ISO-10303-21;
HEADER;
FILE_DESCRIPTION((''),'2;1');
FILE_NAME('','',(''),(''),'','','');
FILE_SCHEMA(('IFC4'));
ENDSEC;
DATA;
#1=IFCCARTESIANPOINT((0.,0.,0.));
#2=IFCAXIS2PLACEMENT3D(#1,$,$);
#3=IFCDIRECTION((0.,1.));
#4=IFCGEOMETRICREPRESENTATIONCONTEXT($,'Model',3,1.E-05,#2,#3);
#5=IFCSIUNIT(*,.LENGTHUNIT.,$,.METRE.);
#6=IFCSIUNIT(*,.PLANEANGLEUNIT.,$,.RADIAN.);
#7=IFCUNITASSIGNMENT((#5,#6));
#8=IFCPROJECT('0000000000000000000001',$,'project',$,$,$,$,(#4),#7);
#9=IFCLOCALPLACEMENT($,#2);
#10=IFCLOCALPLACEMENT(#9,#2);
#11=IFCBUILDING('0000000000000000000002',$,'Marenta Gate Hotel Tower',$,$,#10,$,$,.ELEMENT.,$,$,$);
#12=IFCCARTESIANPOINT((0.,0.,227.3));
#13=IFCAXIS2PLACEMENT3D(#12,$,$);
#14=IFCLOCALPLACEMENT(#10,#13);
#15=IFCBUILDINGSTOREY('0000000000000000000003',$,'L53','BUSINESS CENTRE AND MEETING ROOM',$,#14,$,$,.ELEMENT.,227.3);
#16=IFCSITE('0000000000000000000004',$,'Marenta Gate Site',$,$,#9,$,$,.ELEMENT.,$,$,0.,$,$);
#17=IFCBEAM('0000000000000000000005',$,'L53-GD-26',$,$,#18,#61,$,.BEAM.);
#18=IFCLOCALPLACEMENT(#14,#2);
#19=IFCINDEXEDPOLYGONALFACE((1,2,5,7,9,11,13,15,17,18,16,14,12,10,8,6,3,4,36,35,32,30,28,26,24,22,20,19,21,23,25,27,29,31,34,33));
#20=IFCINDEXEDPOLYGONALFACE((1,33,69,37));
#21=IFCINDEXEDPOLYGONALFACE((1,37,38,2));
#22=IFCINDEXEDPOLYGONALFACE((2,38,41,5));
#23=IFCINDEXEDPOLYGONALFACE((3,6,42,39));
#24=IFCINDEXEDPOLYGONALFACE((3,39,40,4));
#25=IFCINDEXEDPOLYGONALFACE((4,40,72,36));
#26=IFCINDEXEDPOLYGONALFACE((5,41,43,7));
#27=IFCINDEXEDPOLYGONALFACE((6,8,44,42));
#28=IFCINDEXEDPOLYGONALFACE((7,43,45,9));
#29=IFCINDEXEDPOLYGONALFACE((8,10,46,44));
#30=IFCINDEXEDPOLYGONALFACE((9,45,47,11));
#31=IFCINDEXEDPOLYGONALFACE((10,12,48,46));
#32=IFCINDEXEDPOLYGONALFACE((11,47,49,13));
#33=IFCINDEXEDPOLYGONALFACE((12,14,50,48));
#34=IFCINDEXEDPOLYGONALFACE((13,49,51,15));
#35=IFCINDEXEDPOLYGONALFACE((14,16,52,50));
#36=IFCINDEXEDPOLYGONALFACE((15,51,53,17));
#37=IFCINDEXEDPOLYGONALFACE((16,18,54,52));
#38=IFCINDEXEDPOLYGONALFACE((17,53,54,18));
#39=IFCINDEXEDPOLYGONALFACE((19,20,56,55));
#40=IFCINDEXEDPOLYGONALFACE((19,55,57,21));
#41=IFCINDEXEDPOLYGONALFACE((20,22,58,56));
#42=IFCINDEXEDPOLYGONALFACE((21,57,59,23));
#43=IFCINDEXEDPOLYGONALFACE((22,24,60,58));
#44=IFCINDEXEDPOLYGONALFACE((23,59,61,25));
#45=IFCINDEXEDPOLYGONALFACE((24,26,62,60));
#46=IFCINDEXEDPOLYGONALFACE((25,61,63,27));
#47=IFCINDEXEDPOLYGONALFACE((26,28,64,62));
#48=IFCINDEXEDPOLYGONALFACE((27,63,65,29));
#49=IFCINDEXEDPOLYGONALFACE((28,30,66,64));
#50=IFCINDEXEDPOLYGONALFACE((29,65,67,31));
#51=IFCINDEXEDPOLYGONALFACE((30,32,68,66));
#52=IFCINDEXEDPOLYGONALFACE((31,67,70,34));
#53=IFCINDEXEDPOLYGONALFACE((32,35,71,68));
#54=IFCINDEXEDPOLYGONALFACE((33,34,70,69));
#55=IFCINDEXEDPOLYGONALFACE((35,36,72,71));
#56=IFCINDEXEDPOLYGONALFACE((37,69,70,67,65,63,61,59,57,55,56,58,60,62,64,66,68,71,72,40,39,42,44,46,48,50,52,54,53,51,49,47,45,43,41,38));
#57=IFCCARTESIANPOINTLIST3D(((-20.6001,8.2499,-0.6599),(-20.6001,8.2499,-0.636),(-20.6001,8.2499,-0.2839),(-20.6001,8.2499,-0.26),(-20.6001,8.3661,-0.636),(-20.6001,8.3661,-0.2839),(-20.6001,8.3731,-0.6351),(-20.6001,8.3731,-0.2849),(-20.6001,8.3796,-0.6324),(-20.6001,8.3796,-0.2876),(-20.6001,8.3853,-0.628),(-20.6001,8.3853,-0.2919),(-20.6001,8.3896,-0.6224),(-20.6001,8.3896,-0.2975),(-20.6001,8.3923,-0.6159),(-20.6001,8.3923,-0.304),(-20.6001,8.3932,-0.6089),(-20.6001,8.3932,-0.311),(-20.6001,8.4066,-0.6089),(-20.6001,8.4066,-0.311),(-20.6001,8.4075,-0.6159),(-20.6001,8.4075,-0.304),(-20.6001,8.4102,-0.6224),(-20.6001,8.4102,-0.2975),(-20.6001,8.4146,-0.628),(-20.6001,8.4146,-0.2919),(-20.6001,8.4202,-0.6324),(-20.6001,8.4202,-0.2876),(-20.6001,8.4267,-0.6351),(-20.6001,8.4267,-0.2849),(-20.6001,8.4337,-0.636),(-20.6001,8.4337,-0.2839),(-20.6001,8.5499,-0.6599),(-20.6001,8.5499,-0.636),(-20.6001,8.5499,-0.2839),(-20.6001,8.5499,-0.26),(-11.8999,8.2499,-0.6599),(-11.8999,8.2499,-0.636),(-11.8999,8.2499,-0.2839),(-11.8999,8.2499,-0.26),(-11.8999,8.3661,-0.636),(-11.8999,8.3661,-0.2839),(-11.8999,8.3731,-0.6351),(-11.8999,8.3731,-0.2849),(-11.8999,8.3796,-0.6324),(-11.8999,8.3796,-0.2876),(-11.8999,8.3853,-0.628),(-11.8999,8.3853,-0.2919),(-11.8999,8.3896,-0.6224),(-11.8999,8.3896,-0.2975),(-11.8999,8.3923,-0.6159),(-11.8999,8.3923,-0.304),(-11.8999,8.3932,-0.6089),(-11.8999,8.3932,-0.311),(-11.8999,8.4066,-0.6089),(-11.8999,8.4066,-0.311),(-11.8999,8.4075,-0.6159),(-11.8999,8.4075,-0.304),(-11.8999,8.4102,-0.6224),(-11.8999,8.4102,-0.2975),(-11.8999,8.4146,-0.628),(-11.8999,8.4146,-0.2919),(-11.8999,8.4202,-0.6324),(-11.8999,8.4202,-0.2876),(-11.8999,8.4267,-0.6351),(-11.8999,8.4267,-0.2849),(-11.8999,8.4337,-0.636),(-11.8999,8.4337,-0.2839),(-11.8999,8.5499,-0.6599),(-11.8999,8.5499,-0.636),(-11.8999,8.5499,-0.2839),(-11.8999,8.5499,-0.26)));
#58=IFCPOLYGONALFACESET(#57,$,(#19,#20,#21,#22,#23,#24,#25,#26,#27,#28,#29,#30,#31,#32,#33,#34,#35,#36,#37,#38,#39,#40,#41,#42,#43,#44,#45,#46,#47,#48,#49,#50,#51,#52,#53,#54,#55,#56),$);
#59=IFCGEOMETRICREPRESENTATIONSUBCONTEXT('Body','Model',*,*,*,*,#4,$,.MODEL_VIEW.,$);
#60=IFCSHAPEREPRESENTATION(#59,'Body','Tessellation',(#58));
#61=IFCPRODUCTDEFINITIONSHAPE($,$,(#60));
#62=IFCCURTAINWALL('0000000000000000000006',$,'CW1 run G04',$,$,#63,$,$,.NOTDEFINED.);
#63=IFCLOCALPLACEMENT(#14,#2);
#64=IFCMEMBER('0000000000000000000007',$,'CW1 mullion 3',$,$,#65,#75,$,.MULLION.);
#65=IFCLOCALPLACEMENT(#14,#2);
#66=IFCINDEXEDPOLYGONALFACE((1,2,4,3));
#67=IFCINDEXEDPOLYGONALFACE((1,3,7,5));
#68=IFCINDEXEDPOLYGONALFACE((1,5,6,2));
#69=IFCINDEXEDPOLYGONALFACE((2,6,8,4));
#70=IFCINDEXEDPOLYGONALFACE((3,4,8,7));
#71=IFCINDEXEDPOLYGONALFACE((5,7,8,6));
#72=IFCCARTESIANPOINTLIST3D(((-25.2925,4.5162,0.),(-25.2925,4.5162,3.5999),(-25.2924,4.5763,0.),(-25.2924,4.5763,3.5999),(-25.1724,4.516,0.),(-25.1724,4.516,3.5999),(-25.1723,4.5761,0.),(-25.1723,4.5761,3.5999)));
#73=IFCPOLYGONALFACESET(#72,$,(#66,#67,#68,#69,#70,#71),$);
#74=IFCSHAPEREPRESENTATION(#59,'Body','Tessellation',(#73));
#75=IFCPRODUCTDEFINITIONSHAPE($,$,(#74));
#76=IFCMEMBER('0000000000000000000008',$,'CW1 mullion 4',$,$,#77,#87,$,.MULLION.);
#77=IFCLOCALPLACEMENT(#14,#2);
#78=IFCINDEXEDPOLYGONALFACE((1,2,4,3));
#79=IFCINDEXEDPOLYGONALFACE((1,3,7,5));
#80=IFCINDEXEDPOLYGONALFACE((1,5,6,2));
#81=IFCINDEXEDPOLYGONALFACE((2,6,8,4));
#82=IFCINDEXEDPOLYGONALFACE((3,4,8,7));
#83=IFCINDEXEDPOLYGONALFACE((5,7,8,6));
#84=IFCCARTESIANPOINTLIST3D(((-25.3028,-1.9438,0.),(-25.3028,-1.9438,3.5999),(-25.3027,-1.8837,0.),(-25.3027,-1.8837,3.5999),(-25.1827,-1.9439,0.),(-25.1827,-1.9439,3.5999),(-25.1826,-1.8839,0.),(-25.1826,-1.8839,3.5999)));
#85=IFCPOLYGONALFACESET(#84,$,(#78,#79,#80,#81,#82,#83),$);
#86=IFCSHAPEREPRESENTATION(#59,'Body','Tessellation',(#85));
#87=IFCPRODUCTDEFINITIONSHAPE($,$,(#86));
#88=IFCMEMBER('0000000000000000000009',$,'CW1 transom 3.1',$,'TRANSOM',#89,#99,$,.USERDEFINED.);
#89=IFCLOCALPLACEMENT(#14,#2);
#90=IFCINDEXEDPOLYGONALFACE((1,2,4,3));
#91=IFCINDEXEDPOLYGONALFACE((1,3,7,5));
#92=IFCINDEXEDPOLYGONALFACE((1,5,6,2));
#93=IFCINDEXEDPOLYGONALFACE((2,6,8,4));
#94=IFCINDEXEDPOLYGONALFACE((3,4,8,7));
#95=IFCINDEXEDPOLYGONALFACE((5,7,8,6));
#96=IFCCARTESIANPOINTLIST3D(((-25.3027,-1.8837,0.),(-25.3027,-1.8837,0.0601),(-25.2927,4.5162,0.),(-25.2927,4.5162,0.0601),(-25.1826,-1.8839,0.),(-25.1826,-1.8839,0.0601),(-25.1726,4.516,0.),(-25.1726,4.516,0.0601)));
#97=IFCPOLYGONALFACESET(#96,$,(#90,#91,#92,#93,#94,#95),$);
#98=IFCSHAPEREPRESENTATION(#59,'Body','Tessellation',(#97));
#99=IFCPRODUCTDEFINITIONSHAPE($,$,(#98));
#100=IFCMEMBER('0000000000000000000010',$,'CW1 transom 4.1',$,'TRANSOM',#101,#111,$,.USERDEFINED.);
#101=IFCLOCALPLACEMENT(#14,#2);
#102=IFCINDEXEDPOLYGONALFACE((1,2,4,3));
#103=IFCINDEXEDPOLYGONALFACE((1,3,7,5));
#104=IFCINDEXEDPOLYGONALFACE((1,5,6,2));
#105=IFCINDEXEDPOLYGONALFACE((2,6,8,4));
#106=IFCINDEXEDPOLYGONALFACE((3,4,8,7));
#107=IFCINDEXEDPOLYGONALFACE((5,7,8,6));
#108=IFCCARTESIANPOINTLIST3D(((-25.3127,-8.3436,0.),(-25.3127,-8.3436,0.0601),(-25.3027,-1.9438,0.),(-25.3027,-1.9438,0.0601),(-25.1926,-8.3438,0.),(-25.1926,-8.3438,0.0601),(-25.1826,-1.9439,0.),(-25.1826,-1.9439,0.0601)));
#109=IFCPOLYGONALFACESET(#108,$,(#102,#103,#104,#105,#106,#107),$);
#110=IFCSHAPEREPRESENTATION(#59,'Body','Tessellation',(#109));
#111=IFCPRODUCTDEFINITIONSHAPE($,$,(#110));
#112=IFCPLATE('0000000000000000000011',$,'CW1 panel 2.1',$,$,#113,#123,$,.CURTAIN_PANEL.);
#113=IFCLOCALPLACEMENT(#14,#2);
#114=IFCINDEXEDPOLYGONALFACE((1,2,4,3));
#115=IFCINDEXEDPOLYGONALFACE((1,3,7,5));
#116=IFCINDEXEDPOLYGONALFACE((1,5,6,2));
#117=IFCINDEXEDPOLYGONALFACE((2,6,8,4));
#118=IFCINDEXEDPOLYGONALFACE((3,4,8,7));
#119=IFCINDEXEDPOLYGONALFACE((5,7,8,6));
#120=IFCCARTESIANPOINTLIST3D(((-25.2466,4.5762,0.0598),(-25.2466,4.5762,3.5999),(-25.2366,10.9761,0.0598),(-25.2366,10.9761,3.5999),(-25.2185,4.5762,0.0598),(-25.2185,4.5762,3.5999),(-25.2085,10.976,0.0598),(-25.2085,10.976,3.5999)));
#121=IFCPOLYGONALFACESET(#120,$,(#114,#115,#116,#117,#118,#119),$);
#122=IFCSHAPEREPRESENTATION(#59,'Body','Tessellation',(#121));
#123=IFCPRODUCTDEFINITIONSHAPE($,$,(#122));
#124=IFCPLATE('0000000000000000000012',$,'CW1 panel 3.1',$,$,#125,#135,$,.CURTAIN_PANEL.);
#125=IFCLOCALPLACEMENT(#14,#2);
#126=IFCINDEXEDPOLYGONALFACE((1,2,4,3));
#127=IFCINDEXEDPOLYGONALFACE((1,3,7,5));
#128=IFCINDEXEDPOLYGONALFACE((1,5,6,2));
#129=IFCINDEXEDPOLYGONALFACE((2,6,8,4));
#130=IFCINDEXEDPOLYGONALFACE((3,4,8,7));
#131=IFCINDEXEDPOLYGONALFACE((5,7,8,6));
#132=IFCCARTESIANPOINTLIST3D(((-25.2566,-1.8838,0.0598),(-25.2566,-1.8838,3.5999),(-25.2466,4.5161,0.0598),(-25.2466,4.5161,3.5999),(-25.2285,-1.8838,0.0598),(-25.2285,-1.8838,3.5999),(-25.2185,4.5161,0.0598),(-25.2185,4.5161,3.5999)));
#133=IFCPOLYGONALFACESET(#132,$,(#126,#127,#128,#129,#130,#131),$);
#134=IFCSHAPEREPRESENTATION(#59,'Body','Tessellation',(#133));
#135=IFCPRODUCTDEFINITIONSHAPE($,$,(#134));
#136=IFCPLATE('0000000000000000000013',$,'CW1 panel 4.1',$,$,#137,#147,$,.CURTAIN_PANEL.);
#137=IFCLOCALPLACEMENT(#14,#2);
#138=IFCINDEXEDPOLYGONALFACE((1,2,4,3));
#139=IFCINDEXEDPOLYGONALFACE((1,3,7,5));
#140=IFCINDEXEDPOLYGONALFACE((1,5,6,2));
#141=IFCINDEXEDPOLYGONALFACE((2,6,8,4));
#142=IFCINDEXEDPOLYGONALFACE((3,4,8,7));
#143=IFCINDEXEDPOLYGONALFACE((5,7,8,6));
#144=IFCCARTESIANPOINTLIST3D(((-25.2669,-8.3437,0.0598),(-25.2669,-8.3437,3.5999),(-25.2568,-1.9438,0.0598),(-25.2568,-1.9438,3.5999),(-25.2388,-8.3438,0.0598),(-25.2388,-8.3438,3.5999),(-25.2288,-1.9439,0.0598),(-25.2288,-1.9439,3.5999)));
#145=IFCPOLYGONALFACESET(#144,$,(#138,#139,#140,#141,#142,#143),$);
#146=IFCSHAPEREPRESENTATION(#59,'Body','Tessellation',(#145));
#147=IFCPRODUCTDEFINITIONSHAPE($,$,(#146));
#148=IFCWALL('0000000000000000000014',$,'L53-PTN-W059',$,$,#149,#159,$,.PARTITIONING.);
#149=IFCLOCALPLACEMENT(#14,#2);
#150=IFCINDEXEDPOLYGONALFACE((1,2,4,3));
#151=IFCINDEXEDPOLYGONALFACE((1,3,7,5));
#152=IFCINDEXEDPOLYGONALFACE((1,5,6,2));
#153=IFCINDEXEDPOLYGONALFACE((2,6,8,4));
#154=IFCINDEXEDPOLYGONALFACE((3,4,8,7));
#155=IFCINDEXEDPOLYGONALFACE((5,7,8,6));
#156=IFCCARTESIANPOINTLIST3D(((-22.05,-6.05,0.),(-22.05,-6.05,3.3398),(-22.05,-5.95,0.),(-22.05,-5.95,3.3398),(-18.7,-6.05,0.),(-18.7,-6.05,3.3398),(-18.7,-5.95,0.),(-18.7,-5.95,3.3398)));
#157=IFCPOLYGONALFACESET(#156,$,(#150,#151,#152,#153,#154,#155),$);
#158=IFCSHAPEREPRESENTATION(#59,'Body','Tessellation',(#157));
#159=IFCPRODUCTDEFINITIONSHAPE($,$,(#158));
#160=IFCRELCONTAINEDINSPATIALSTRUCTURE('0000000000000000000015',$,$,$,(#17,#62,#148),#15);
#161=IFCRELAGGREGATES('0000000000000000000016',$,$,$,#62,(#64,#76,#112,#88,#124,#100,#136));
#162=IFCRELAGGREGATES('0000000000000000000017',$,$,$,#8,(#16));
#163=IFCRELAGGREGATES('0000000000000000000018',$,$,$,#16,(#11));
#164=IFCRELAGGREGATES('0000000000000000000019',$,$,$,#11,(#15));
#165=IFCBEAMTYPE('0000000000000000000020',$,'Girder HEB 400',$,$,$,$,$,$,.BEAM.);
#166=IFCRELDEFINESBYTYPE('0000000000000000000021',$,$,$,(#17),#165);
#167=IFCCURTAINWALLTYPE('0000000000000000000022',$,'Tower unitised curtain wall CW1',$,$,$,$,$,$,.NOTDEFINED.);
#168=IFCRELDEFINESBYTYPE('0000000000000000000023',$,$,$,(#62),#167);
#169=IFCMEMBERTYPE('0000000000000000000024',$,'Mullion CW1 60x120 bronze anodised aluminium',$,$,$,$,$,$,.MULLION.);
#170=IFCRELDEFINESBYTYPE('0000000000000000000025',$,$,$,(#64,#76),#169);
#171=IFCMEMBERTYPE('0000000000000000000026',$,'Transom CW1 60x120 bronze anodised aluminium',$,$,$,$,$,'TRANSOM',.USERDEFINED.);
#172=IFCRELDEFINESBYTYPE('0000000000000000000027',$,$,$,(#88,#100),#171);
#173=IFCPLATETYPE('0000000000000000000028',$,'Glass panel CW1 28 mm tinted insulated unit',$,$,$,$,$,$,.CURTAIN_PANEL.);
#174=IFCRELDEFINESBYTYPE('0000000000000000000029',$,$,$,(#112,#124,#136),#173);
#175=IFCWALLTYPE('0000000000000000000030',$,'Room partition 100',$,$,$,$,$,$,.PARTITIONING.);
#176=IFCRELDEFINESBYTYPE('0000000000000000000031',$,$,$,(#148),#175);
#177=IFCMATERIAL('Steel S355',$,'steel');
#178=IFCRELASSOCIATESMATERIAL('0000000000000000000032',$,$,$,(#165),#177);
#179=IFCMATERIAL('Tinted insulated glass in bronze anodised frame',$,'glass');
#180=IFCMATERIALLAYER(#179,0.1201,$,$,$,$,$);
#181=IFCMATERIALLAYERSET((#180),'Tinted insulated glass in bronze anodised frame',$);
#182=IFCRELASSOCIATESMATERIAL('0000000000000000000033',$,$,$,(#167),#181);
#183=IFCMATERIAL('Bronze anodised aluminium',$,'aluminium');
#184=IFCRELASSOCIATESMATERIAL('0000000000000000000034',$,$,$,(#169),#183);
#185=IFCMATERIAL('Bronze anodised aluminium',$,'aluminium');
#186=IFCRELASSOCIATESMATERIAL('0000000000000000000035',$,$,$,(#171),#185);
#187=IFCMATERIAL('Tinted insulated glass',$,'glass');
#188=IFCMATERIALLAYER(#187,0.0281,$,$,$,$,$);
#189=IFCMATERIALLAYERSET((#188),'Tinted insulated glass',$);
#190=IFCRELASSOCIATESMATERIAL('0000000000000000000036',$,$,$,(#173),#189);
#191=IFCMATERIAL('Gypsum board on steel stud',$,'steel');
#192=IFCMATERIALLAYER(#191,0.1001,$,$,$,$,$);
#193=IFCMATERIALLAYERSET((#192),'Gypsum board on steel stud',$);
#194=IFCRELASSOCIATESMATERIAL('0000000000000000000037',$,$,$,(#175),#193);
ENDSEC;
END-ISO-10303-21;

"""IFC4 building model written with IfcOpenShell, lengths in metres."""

from ifc_helpers import new_model, si_unit, direction, frame, frame_2d, origin, origin_2d, place, context, subcontext, project, spatial, rectangle, i_section, extrude, material, layer, layer_set, material_profile, profile_set, type_object, element, aggregate, save


model = new_model("IFC4")

# Units and contexts
model_context = context("Model", 3, precision=1e-05, world=origin(), true_north=direction((0.0, 1.0)))
body_context = subcontext(model_context, "Body", "Model", "MODEL_VIEW")
ifc_project = project(units=[si_unit("LENGTHUNIT", "METRE"), si_unit("PLANEANGLEUNIT", "RADIAN")], contexts=[model_context])

# Site, building, storey
site_placement = place(None, origin())
site = spatial("IfcSite", under=ifc_project, at=site_placement, Name="Marenta Gate Site", CompositionType="ELEMENT", RefElevation=0.0)
building_placement = place(site_placement, origin())
building = spatial("IfcBuilding", under=site, at=building_placement, Name="Marenta Gate Hotel Tower", CompositionType="ELEMENT")
storey_placement = place(building_placement, frame((0.0, 0.0, 227.3)))
storey = spatial("IfcBuildingStorey", under=building, at=storey_placement, Name="L53", Description="BUSINESS CENTRE AND MEETING ROOM", CompositionType="ELEMENT", Elevation=227.3)

# Beam
ifc_material_1 = material(Name="Steel S355", Category="steel")
ifc_material_profile_1 = material_profile(ifc_material_1, i_section(OverallWidth=0.3, OverallDepth=0.3999, WebThickness=0.0134, FlangeThickness=0.0239, FilletRadius=0.0271, at=origin_2d()), Name="HEB 400")
ifc_profile_set_1 = profile_set([ifc_material_profile_1], Name="Steel S355")
beam_type_1 = type_object("IfcBeamType", Name="Girder HEB 400", PredefinedType="BEAM", material=ifc_profile_set_1)
beam_1_placement = place(storey_placement, frame((-20.6001, 8.3999, -0.46), z_axis=(1.0, 0.0, 0.0), x_axis=(0.0, 1.0, 0.0)))
element("IfcBeam", 1, at=beam_1_placement, inside=storey, type_object=beam_type_1, Name="L53-GD-26", PredefinedType="BEAM", context=body_context, shape_type="SweptSolid", body=[
    extrude(i_section(OverallWidth=0.3, OverallDepth=0.3999, WebThickness=0.0134, FlangeThickness=0.0239, FilletRadius=0.0271, at=origin_2d()), origin(), (0.0, 0.0, 1.0), 8.7002),
])

# Curtain wall, members, plates
ifc_material_2 = material(Name="Tinted insulated glass in bronze anodised frame", Category="glass")
ifc_layer_1 = layer(ifc_material_2, 0.1201)
ifc_layer_set_1 = layer_set([ifc_layer_1], Name="Tinted insulated glass in bronze anodised frame")
curtain_wall_type = type_object("IfcCurtainWallType", Name="Tower unitised curtain wall CW1", PredefinedType="NOTDEFINED", material=ifc_layer_set_1)
curtain_wall_placement = place(storey_placement, origin())
curtain_wall = element("IfcCurtainWall", 2, at=curtain_wall_placement, inside=storey, type_object=curtain_wall_type, Name="CW1 run G04", PredefinedType="NOTDEFINED")
ifc_material_3 = material(Name="Bronze anodised aluminium", Category="aluminium")
ifc_material_profile_2 = material_profile(ifc_material_3, rectangle(XDim=0.1201, YDim=0.0601, at=origin_2d()), Name="Mullion CW1 60x120 bronze anodised aluminium")
ifc_profile_set_2 = profile_set([ifc_material_profile_2], Name="Bronze anodised aluminium")
member_type_1 = type_object("IfcMemberType", Name="Mullion CW1 60x120 bronze anodised aluminium", PredefinedType="MULLION", material=ifc_profile_set_2)
member_1_placement = place(storey_placement, frame((-25.2324, 4.5461, 0.0), z_axis=(0.0, 0.0, 1.0), x_axis=(0.999999, -0.001566, 0.0)))
member_1 = element("IfcMember", 3, at=member_1_placement, type_object=member_type_1, Name="CW1 mullion 3", PredefinedType="MULLION", context=body_context, shape_type="SweptSolid", body=[
    extrude(rectangle(XDim=0.1201, YDim=0.0601, at=origin_2d()), origin(), (0.0, 0.0, 1.0), 3.5999),
])
member_2_placement = place(storey_placement, frame((-25.2427, -1.9138, 0.0), z_axis=(0.0, 0.0, 1.0), x_axis=(0.999999, -0.001566, 0.0)))
member_2 = element("IfcMember", 4, at=member_2_placement, type_object=member_type_1, Name="CW1 mullion 4", PredefinedType="MULLION", context=body_context, shape_type="SweptSolid", body=[
    extrude(rectangle(XDim=0.1201, YDim=0.0601, at=origin_2d()), origin(), (0.0, 0.0, 1.0), 3.5999),
])
ifc_material_4 = material(Name="Bronze anodised aluminium", Category="aluminium")
ifc_material_profile_3 = material_profile(ifc_material_4, rectangle(XDim=0.1201, YDim=0.0601, at=origin_2d()), Name="Transom CW1 60x120 bronze anodised aluminium")
ifc_profile_set_3 = profile_set([ifc_material_profile_3], Name="Bronze anodised aluminium")
member_type_2 = type_object("IfcMemberType", Name="Transom CW1 60x120 bronze anodised aluminium", ElementType="TRANSOM", PredefinedType="USERDEFINED", material=ifc_profile_set_3)
member_3_placement = place(storey_placement, frame((-25.2327, 4.5161, 0.03), z_axis=(-0.001564, -0.999999, 0.0), x_axis=(0.999999, -0.001564, 0.0)))
member_3 = element("IfcMember", 5, at=member_3_placement, type_object=member_type_2, Name="CW1 transom 3.1", ObjectType="TRANSOM", PredefinedType="USERDEFINED", context=body_context, shape_type="SweptSolid", body=[
    extrude(rectangle(XDim=0.1201, YDim=0.0601, at=origin_2d()), origin(), (0.0, 0.0, 1.0), 6.3999),
])
member_4_placement = place(storey_placement, frame((-25.2427, -1.9438, 0.03), z_axis=(-0.001564, -0.999999, 0.0), x_axis=(0.999999, -0.001564, 0.0)))
member_4 = element("IfcMember", 6, at=member_4_placement, type_object=member_type_2, Name="CW1 transom 4.1", ObjectType="TRANSOM", PredefinedType="USERDEFINED", context=body_context, shape_type="SweptSolid", body=[
    extrude(rectangle(XDim=0.1201, YDim=0.0601, at=origin_2d()), origin(), (0.0, 0.0, 1.0), 6.3999),
])
ifc_material_5 = material(Name="Tinted insulated glass", Category="glass")
ifc_layer_2 = layer(ifc_material_5, 0.0281)
ifc_layer_set_2 = layer_set([ifc_layer_2], Name="Tinted insulated glass")
plate_type = type_object("IfcPlateType", Name="Glass panel CW1 28 mm tinted insulated unit", PredefinedType="CURTAIN_PANEL", material=ifc_layer_set_2)
plate_1_placement = place(storey_placement, frame((-25.2275, 7.7761, 0.0598), z_axis=(0.0, 0.0, 1.0), x_axis=(-0.001566, -0.999999, 0.0)))
plate_1 = element("IfcPlate", 7, at=plate_1_placement, type_object=plate_type, Name="CW1 panel 2.1", PredefinedType="CURTAIN_PANEL", context=body_context, shape_type="SweptSolid", body=[
    extrude(rectangle(XDim=6.3999, YDim=0.0281, at=origin_2d()), origin(), (0.0, 0.0, 1.0), 3.54),
])
plate_2_placement = place(storey_placement, frame((-25.2375, 1.3162, 0.0598), z_axis=(0.0, 0.0, 1.0), x_axis=(-0.001566, -0.999999, 0.0)))
plate_2 = element("IfcPlate", 8, at=plate_2_placement, type_object=plate_type, Name="CW1 panel 3.1", PredefinedType="CURTAIN_PANEL", context=body_context, shape_type="SweptSolid", body=[
    extrude(rectangle(XDim=6.3999, YDim=0.0281, at=origin_2d()), origin(), (0.0, 0.0, 1.0), 3.54),
])
plate_3_placement = place(storey_placement, frame((-25.2478, -5.1438, 0.0598), z_axis=(0.0, 0.0, 1.0), x_axis=(-0.001566, -0.999999, 0.0)))
plate_3 = element("IfcPlate", 9, at=plate_3_placement, type_object=plate_type, Name="CW1 panel 4.1", PredefinedType="CURTAIN_PANEL", context=body_context, shape_type="SweptSolid", body=[
    extrude(rectangle(XDim=6.3999, YDim=0.0281, at=origin_2d()), origin(), (0.0, 0.0, 1.0), 3.54),
])
aggregate(curtain_wall, [member_1, member_2, plate_1, member_3, plate_2, member_4, plate_3])

# Wall
ifc_material_6 = material(Name="Gypsum board on steel stud", Category="steel")
ifc_layer_3 = layer(ifc_material_6, 0.1001)
ifc_layer_set_3 = layer_set([ifc_layer_3], Name="Gypsum board on steel stud")
wall_type_1 = type_object("IfcWallType", Name="Room partition 100", PredefinedType="PARTITIONING", material=ifc_layer_set_3)
wall_1_placement = place(storey_placement, frame((-22.05, -6.0, 0.0), z_axis=(0.0, 0.0, 1.0), x_axis=(1.0, 0.0, 0.0)))
element("IfcWall", 10, at=wall_1_placement, inside=storey, type_object=wall_type_1, Name="L53-PTN-W059", PredefinedType="PARTITIONING", context=body_context, shape_type="SweptSolid", body=[
    extrude(rectangle(XDim=3.3501, YDim=0.1001, at=frame_2d((1.675, 0.0))), origin(), (0.0, 0.0, 1.0), 3.3398),
])

save(model, "model.ifc")
